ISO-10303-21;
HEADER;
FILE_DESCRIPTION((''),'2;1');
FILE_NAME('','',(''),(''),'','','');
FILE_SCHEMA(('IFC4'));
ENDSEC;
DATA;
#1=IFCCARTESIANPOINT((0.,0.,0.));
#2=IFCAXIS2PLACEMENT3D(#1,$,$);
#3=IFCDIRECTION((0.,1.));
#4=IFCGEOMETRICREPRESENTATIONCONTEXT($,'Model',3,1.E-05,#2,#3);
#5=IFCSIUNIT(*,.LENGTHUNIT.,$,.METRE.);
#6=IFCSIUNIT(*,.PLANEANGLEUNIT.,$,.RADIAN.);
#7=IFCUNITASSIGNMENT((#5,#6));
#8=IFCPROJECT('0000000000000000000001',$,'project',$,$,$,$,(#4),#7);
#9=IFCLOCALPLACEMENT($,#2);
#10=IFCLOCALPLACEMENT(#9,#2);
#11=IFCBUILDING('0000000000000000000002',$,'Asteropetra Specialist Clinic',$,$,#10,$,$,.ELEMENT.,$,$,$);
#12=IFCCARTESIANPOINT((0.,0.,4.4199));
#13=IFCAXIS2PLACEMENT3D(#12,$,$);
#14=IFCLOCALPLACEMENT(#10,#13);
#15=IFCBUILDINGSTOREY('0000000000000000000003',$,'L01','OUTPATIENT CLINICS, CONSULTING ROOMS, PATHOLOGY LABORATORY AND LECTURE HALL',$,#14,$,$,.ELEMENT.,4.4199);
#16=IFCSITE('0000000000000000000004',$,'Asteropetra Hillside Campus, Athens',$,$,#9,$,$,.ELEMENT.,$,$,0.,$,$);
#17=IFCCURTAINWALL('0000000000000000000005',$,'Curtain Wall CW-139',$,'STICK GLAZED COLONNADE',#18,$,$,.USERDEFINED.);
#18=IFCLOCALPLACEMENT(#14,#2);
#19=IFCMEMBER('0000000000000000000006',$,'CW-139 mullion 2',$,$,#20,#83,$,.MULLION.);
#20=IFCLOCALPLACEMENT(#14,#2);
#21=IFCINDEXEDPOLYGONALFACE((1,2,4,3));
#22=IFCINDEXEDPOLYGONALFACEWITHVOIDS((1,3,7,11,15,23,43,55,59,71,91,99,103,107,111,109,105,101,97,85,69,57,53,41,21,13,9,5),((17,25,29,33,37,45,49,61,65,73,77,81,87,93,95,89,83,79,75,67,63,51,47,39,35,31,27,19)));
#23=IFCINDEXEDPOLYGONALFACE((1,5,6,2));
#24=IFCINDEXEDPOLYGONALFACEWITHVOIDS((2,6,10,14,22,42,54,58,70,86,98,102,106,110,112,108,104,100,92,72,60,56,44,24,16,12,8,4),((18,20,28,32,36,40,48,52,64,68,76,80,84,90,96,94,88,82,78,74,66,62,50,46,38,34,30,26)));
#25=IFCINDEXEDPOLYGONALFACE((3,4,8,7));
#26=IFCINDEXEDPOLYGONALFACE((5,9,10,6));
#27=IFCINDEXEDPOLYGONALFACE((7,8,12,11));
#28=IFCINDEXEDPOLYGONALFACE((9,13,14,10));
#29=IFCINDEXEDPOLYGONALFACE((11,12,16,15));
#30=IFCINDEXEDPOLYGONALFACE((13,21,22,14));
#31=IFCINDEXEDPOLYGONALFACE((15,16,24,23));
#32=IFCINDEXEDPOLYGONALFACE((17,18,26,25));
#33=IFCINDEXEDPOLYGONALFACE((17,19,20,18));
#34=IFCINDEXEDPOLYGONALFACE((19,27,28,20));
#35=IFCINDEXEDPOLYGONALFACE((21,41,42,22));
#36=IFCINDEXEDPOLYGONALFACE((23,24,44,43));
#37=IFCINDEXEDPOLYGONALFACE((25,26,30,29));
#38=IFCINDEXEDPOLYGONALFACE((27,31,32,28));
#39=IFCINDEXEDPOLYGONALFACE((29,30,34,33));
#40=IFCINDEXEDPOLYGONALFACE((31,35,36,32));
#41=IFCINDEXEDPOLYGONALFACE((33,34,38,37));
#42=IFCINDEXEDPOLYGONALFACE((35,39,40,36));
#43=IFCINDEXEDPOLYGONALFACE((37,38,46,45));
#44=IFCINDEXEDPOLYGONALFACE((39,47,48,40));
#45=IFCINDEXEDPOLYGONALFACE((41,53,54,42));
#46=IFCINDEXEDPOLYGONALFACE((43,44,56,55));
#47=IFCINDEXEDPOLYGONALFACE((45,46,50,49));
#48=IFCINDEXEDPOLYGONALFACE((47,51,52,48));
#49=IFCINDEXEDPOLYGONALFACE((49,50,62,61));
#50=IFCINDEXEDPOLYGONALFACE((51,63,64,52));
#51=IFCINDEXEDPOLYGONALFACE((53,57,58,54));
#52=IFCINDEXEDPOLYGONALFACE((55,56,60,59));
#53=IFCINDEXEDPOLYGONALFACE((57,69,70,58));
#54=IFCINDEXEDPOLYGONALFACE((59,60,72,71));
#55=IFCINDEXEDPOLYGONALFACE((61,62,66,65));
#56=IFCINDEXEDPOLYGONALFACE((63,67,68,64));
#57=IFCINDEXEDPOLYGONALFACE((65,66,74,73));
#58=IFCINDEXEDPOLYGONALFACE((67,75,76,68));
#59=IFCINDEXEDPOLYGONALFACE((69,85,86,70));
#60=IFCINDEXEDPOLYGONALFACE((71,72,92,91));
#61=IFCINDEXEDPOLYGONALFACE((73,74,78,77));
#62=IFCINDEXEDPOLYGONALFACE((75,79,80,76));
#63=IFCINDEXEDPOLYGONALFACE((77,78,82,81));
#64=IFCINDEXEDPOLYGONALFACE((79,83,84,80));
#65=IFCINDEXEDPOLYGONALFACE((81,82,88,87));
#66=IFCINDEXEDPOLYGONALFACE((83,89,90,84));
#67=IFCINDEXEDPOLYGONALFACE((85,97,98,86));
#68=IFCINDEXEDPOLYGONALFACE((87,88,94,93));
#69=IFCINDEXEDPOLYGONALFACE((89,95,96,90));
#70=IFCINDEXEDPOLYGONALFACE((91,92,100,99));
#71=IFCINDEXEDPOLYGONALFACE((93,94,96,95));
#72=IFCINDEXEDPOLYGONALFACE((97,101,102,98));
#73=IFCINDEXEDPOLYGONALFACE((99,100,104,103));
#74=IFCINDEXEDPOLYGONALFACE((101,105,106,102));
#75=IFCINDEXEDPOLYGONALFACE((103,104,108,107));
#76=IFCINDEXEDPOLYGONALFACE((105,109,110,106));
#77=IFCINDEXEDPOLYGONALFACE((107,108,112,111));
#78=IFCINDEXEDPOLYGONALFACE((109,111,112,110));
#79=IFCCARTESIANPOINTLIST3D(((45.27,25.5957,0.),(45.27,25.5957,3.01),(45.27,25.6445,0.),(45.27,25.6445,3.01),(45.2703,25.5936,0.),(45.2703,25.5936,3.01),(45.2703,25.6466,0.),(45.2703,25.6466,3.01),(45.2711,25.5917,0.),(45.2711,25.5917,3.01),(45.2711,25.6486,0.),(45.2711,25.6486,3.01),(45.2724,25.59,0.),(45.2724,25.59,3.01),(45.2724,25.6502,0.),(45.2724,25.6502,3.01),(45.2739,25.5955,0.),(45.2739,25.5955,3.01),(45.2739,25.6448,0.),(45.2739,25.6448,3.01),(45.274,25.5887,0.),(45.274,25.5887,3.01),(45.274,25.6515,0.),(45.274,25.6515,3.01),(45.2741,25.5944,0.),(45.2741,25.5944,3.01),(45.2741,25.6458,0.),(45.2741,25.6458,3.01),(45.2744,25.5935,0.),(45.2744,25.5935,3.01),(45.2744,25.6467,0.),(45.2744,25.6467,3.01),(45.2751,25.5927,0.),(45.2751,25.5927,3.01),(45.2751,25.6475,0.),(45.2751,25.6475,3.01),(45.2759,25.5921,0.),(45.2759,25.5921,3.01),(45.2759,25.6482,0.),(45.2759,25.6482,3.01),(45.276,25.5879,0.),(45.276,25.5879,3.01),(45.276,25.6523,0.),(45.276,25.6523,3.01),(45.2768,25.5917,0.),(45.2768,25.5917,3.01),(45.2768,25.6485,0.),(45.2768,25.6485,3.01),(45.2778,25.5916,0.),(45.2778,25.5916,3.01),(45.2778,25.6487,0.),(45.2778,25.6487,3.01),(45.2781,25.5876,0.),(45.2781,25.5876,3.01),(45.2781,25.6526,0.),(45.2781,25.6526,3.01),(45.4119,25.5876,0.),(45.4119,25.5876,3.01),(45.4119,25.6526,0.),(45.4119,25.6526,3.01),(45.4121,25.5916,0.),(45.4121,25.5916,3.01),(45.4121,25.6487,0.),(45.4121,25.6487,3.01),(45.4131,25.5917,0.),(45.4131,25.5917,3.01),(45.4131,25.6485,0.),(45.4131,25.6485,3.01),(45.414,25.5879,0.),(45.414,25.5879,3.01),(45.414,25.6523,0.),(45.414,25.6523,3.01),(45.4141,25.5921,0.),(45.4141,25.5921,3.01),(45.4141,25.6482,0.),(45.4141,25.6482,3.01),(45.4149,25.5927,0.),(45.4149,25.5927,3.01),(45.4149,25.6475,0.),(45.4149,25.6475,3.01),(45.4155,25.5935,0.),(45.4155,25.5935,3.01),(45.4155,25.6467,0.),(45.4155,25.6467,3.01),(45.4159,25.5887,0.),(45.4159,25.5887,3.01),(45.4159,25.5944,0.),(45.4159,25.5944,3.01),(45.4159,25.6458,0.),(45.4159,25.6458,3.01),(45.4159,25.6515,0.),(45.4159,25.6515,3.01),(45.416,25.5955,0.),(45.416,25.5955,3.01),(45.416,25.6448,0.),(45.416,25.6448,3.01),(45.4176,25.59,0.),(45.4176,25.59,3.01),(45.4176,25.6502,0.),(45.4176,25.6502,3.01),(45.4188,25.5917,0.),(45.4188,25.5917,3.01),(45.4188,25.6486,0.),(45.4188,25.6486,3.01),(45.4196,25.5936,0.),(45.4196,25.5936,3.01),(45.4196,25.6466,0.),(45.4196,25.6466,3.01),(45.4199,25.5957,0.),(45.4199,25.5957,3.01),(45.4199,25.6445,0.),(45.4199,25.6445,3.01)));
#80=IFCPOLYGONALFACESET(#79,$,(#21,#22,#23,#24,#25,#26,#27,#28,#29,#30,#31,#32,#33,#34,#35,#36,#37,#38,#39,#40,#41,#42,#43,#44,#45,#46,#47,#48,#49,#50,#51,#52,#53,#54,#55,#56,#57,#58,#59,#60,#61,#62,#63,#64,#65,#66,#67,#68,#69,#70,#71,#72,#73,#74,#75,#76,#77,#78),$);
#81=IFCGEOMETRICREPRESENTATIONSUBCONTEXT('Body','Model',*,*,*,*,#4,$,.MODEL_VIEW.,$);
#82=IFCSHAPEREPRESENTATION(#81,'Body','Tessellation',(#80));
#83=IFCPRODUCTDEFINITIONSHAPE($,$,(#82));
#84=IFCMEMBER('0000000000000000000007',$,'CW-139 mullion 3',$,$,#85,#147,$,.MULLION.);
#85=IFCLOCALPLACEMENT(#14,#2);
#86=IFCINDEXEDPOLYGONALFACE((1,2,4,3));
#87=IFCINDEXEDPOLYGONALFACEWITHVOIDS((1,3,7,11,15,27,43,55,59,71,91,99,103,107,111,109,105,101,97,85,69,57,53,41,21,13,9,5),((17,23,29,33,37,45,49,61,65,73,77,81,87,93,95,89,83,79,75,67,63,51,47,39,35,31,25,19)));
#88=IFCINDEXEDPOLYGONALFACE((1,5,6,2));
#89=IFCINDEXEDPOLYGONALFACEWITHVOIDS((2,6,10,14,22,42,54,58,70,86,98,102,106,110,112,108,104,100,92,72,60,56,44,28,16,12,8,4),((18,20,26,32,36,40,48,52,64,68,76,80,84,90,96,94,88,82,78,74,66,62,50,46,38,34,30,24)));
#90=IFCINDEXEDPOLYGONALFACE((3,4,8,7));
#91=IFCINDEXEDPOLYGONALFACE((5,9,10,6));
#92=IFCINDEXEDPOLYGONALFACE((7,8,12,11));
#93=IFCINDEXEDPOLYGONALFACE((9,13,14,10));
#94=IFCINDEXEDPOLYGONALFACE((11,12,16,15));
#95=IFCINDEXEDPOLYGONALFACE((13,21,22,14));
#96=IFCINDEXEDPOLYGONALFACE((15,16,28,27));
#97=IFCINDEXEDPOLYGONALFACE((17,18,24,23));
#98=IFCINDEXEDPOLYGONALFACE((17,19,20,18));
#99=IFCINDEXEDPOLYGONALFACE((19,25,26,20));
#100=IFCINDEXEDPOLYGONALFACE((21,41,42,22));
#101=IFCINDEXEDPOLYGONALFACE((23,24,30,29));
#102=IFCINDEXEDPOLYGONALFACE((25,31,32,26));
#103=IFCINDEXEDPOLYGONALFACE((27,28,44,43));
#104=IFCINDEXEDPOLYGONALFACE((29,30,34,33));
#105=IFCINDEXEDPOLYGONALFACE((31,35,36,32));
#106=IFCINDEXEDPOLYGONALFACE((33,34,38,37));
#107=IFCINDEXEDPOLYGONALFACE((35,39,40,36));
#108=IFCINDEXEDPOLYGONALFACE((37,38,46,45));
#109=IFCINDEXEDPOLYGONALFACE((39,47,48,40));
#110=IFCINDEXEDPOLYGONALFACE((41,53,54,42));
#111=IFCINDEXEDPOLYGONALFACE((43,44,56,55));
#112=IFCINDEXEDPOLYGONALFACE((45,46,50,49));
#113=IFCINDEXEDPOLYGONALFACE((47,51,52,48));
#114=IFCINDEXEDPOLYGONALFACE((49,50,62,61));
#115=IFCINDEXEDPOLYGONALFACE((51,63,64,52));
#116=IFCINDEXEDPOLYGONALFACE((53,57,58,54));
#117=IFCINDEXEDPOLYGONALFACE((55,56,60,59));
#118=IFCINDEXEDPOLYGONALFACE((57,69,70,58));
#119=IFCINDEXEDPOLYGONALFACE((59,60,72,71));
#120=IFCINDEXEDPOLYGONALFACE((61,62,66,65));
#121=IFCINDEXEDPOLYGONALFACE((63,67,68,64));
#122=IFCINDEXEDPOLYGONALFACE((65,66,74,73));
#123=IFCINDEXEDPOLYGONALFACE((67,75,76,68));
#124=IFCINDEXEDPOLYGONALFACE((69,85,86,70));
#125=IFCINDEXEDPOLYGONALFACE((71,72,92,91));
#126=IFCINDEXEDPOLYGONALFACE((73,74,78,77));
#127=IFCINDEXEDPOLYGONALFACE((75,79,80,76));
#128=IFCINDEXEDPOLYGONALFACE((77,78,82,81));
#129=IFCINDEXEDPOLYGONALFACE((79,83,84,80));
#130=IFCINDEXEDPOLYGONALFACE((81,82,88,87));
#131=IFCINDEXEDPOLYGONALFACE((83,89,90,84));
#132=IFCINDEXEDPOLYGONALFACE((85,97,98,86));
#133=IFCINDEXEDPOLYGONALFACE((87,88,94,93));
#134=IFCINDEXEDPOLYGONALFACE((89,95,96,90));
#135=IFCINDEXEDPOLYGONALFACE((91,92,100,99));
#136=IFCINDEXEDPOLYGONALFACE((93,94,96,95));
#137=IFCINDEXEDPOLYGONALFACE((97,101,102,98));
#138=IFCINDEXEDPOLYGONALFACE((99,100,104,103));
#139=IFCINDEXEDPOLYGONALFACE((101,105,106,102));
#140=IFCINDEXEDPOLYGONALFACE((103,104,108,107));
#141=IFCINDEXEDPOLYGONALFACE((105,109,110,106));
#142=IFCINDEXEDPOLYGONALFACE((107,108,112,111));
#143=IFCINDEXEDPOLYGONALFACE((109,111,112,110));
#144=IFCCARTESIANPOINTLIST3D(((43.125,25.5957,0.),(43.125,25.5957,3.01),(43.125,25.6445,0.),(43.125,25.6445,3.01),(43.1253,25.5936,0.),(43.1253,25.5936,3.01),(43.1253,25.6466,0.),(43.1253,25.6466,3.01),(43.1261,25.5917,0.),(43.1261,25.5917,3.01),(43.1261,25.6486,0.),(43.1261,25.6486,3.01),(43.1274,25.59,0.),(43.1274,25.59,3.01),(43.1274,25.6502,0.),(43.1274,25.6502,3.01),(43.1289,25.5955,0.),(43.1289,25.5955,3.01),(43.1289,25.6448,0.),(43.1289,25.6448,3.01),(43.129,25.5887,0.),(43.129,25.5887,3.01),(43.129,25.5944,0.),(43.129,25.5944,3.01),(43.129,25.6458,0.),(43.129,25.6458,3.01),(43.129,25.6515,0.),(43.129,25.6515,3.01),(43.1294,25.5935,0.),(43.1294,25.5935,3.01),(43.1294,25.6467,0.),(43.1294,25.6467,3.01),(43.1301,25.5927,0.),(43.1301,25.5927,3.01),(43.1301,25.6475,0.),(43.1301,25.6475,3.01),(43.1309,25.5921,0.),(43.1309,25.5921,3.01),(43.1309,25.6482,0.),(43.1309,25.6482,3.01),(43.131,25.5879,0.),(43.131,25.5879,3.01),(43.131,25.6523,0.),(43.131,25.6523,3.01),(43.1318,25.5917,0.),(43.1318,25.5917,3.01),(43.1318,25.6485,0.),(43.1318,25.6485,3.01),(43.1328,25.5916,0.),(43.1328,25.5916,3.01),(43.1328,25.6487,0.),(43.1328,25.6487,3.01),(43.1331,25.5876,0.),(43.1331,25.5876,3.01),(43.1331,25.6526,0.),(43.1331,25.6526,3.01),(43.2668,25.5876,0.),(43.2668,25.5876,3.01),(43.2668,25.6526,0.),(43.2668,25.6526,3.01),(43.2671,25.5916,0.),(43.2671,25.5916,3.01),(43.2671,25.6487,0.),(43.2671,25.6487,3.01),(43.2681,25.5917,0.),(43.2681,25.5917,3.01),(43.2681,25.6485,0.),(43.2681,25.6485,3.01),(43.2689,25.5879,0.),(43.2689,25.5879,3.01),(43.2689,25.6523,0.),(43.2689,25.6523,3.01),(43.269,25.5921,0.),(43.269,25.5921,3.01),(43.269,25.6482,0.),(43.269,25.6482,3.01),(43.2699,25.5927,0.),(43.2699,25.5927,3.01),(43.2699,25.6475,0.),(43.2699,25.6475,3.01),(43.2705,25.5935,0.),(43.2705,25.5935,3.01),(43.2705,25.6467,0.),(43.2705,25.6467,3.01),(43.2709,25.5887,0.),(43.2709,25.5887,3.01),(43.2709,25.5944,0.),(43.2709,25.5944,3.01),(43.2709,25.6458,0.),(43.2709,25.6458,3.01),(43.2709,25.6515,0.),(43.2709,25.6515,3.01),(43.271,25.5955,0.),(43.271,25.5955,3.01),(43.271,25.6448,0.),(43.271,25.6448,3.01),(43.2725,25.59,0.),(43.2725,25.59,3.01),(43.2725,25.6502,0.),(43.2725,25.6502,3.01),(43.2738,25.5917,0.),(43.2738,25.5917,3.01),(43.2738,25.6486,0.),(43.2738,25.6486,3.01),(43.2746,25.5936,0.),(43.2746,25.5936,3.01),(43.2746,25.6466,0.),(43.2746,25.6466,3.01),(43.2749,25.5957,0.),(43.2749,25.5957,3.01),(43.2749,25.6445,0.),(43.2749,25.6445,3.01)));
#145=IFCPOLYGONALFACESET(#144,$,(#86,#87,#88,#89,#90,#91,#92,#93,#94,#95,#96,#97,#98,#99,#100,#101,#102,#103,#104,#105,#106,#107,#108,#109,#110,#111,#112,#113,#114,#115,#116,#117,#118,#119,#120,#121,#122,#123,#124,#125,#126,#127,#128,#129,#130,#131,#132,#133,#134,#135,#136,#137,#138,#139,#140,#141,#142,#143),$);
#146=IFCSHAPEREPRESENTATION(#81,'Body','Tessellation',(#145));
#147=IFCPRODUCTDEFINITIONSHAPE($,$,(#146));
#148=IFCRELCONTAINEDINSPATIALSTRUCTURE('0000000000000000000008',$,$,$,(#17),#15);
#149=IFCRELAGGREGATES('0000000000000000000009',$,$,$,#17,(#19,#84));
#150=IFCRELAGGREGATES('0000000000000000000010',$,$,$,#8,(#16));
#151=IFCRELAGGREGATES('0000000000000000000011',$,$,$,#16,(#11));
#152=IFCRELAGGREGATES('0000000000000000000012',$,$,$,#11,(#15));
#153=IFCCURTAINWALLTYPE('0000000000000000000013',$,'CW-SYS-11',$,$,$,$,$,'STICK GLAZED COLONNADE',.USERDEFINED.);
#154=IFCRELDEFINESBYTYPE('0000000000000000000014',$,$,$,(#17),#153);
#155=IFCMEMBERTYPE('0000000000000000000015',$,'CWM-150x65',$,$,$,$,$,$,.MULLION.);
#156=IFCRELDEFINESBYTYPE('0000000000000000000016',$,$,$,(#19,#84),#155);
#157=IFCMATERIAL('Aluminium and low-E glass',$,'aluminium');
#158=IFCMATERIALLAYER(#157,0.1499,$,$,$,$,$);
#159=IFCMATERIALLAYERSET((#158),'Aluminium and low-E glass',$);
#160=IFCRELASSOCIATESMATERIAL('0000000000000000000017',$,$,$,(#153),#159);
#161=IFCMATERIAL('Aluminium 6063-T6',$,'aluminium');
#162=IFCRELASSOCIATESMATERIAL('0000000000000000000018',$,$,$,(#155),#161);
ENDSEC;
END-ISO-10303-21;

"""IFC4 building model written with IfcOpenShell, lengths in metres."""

from ifc_helpers import new_model, si_unit, direction, frame, origin, origin_2d, place, context, subcontext, project, spatial, hollow_rectangle, extrude, material, layer, layer_set, material_profile, profile_set, type_object, element, aggregate, save


model = new_model("IFC4")

# Units and contexts
model_context = context("Model", 3, precision=1e-05, world=origin(), true_north=direction((0.0, 1.0)))
body_context = subcontext(model_context, "Body", "Model", "MODEL_VIEW")
ifc_project = project(units=[si_unit("LENGTHUNIT", "METRE"), si_unit("PLANEANGLEUNIT", "RADIAN")], contexts=[model_context])

# Site, building, storey
site_placement = place(None, origin())
site = spatial("IfcSite", under=ifc_project, at=site_placement, Name="Asteropetra Hillside Campus, Athens", CompositionType="ELEMENT", RefElevation=0.0)
building_placement = place(site_placement, origin())
building = spatial("IfcBuilding", under=site, at=building_placement, Name="Asteropetra Specialist Clinic", CompositionType="ELEMENT")
storey_placement = place(building_placement, frame((0.0, 0.0, 4.4199)))
storey = spatial("IfcBuildingStorey", under=building, at=storey_placement, Name="L01", Description="OUTPATIENT CLINICS, CONSULTING ROOMS, PATHOLOGY LABORATORY AND LECTURE HALL", CompositionType="ELEMENT", Elevation=4.4199)

# Curtain wall, members
ifc_material_1 = material(Name="Aluminium and low-E glass", Category="aluminium")
ifc_layer_1 = layer(ifc_material_1, 0.1499)
ifc_layer_set_1 = layer_set([ifc_layer_1], Name="Aluminium and low-E glass")
curtain_wall_type = type_object("IfcCurtainWallType", Name="CW-SYS-11", ElementType="STICK GLAZED COLONNADE", PredefinedType="USERDEFINED", material=ifc_layer_set_1)
curtain_wall_placement = place(storey_placement, origin())
curtain_wall = element("IfcCurtainWall", 1, at=curtain_wall_placement, inside=storey, type_object=curtain_wall_type, Name="Curtain Wall CW-139", ObjectType="STICK GLAZED COLONNADE", PredefinedType="USERDEFINED")
ifc_material_2 = material(Name="Aluminium 6063-T6", Category="aluminium")
ifc_material_profile_1 = material_profile(ifc_material_2, hollow_rectangle(XDim=0.0649, YDim=0.1499, WallThickness=0.0039, InnerFilletRadius=0.0039, OuterFilletRadius=0.0081, at=origin_2d()), Name="MUL 150x65x4.0")
ifc_profile_set_1 = profile_set([ifc_material_profile_1], Name="Aluminium 6063-T6")
member_type_1 = type_object("IfcMemberType", Name="CWM-150x65", PredefinedType="MULLION", material=ifc_profile_set_1)
member_1_placement = place(storey_placement, frame((45.345, 25.6201, 0.0), z_axis=(0.0, 0.0, 1.0), x_axis=(0.0, -1.0, 0.0)))
member_1 = element("IfcMember", 2, at=member_1_placement, type_object=member_type_1, Name="CW-139 mullion 2", PredefinedType="MULLION", context=body_context, shape_type="SweptSolid", body=[
    extrude(hollow_rectangle(XDim=0.0649, YDim=0.1499, WallThickness=0.0039, InnerFilletRadius=0.0039, OuterFilletRadius=0.0081, at=origin_2d()), origin(), (0.0, 0.0, 1.0), 3.01),
])
member_2_placement = place(storey_placement, frame((43.2, 25.6201, 0.0), z_axis=(0.0, 0.0, 1.0), x_axis=(0.0, -1.0, 0.0)))
member_2 = element("IfcMember", 3, at=member_2_placement, type_object=member_type_1, Name="CW-139 mullion 3", PredefinedType="MULLION", context=body_context, shape_type="SweptSolid", body=[
    extrude(hollow_rectangle(XDim=0.0649, YDim=0.1499, WallThickness=0.0039, InnerFilletRadius=0.0039, OuterFilletRadius=0.0081, at=origin_2d()), origin(), (0.0, 0.0, 1.0), 3.01),
])
aggregate(curtain_wall, [member_1, member_2])

save(model, "model.ifc")
